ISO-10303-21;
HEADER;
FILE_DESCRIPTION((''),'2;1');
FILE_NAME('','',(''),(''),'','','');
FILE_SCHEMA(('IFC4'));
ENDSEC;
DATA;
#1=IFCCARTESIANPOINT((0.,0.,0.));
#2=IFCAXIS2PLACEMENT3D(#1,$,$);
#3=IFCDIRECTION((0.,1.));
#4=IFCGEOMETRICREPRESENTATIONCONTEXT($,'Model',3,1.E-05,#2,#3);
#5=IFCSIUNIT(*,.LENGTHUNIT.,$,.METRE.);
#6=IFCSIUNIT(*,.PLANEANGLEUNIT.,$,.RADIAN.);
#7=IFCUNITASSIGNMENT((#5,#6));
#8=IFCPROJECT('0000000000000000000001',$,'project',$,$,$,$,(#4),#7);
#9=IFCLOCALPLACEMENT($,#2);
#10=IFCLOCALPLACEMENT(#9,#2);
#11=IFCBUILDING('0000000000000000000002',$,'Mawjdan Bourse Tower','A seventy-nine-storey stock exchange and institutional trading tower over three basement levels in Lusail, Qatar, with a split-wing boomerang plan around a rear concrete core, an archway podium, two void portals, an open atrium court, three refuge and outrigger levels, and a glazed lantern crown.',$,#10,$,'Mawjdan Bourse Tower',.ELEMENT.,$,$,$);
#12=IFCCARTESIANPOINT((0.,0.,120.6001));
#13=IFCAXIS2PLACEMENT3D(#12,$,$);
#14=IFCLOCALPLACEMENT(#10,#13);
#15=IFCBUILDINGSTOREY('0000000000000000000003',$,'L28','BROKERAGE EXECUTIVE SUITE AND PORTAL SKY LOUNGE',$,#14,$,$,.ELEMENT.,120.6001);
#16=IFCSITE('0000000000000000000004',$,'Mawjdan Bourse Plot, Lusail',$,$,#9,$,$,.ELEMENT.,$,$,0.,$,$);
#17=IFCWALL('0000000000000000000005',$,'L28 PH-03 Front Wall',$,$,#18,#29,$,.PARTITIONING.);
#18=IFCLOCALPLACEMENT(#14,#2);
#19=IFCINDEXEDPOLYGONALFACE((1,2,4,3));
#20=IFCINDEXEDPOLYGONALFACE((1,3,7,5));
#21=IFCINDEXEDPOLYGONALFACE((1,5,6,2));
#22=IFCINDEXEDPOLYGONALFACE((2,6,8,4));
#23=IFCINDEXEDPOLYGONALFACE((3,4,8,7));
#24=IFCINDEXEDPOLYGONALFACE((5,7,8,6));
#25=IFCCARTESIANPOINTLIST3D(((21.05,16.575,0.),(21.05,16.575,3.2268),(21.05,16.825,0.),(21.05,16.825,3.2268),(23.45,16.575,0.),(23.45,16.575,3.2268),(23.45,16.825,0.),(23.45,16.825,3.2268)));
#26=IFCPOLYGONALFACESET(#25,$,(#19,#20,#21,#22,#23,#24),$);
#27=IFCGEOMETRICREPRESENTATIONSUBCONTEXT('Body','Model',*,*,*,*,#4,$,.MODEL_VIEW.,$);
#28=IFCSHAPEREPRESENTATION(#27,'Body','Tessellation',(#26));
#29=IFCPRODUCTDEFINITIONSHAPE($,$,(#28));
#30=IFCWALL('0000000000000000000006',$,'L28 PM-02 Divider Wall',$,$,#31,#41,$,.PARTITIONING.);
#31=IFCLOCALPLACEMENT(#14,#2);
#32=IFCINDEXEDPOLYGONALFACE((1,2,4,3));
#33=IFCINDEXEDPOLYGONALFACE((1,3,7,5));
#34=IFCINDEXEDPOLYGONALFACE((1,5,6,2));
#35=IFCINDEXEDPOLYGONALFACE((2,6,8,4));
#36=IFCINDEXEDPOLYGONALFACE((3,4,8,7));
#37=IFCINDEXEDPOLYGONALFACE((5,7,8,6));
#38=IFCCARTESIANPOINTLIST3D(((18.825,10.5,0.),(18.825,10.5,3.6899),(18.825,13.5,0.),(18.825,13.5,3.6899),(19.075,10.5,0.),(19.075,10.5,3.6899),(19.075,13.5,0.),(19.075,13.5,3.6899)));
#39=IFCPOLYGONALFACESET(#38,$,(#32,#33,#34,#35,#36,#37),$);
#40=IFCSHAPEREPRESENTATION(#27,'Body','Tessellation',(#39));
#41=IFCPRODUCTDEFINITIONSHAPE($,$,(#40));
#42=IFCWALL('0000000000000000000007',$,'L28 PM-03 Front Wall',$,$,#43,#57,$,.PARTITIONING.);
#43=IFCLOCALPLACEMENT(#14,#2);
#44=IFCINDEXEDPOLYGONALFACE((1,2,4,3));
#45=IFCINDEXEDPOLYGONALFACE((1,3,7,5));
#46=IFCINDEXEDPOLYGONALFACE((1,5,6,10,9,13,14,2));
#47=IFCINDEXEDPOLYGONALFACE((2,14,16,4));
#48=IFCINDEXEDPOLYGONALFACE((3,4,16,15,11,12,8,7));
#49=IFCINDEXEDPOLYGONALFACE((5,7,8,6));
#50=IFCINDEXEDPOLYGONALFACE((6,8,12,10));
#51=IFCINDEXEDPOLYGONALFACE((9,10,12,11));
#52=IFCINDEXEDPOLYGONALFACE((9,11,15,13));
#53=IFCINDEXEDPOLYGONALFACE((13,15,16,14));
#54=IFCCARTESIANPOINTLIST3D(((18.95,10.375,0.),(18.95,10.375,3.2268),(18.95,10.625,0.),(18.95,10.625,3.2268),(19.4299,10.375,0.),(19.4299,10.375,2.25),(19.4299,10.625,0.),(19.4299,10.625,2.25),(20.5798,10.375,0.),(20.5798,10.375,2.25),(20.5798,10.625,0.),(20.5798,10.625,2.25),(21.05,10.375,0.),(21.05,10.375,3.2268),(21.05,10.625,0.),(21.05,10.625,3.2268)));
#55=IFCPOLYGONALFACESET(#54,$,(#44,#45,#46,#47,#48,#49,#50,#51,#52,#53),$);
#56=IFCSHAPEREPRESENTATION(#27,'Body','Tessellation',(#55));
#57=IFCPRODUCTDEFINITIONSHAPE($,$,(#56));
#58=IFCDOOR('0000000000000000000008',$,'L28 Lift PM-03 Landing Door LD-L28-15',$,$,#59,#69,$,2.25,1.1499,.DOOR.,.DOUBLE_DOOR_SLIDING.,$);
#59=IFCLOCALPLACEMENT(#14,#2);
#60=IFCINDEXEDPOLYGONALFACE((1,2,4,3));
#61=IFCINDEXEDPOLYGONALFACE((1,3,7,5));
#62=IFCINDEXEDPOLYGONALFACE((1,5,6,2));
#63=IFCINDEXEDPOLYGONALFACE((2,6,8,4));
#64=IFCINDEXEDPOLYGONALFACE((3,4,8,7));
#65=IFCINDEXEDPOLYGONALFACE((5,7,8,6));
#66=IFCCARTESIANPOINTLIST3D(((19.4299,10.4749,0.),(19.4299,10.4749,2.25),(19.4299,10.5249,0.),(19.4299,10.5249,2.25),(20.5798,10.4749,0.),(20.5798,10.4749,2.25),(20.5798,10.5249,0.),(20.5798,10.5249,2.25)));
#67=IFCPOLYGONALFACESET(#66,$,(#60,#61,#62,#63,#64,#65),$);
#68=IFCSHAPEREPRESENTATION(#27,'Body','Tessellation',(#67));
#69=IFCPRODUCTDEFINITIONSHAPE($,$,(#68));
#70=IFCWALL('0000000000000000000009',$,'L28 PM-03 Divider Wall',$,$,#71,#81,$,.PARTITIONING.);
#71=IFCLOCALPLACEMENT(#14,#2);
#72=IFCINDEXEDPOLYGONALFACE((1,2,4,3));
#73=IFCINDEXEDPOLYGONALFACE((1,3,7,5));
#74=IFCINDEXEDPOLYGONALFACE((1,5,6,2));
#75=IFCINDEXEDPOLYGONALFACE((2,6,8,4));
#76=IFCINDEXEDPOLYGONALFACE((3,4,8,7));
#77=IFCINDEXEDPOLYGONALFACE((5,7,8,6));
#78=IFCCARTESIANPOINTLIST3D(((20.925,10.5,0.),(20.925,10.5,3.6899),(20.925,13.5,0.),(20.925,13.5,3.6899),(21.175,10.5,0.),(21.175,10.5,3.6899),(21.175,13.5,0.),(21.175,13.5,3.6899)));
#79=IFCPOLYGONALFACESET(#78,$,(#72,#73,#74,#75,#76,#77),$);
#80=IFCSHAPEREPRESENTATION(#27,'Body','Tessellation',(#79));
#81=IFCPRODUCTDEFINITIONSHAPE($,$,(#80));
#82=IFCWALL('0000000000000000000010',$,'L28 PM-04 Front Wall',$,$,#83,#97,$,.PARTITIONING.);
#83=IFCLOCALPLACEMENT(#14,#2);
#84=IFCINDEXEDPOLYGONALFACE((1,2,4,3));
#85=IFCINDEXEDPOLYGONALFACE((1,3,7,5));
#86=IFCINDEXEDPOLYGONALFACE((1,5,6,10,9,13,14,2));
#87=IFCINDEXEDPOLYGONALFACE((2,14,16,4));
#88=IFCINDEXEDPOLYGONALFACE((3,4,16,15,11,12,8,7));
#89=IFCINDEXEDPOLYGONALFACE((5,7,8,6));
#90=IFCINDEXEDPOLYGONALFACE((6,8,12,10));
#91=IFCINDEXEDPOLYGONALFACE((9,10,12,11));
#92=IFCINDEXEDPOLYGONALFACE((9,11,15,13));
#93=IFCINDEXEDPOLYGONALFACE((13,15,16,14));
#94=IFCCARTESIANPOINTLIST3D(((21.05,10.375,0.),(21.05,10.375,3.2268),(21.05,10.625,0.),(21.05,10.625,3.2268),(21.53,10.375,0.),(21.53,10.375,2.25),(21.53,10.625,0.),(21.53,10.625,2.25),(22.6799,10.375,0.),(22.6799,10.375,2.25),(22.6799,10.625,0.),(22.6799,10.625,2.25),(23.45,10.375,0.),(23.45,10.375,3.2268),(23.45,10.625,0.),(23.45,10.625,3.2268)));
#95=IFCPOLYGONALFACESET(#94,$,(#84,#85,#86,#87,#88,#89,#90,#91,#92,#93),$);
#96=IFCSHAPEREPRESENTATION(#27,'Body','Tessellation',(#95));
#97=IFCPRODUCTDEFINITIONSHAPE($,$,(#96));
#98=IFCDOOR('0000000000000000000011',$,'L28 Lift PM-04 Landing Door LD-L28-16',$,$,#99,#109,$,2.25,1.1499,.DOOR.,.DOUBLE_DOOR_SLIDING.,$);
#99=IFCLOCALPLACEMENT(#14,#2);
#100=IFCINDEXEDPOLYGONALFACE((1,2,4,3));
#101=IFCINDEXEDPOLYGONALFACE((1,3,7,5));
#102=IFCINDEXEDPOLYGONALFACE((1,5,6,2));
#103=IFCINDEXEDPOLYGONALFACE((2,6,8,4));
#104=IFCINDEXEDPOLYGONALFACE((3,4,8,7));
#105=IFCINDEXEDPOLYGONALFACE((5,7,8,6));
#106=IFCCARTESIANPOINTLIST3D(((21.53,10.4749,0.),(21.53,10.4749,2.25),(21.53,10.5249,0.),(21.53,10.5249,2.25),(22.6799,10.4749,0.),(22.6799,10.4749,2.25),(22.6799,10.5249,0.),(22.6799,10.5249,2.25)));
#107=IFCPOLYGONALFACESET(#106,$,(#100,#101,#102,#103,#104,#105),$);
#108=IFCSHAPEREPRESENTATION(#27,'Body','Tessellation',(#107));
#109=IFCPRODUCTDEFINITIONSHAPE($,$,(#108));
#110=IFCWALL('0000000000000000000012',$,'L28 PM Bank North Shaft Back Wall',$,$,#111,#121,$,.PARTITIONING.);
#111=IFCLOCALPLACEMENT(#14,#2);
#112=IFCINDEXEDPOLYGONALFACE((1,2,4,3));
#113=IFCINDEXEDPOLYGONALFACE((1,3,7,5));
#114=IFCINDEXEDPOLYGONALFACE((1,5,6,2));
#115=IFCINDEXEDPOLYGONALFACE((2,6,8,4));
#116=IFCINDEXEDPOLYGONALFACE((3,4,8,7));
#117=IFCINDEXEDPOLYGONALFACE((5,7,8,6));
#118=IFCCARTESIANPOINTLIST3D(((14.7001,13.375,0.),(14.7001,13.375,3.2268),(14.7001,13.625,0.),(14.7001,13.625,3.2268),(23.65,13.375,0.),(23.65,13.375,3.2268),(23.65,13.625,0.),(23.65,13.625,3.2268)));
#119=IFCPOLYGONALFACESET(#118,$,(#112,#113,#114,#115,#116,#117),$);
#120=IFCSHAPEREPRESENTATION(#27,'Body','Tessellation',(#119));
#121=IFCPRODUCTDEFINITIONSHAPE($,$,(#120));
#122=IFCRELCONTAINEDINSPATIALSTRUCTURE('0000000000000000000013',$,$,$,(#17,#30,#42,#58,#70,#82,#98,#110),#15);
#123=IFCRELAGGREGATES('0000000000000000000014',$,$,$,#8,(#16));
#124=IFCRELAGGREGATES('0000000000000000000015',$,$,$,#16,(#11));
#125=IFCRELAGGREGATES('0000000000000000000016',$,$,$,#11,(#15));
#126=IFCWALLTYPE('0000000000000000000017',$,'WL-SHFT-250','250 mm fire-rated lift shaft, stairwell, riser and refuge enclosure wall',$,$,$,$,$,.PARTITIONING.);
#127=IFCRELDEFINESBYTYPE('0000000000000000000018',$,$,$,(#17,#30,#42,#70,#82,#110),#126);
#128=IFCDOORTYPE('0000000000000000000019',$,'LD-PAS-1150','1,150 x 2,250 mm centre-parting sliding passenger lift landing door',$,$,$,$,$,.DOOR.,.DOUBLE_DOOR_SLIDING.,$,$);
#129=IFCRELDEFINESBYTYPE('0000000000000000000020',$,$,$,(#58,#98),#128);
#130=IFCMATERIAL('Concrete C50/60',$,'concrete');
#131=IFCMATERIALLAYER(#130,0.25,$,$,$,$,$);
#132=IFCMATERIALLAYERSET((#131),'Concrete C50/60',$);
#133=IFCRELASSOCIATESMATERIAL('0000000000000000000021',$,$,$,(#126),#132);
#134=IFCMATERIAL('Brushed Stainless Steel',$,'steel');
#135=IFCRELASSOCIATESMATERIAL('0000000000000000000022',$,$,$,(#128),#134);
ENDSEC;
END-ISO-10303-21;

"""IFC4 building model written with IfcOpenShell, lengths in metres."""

from ifc_helpers import new_model, si_unit, direction, frame, frame_2d, origin, place, context, subcontext, project, spatial, rectangle, extrude, material, layer, layer_set, type_object, element, fill, save


model = new_model("IFC4")

# Units and contexts
model_context = context("Model", 3, precision=1e-05, world=origin(), true_north=direction((0.0, 1.0)))
body_context = subcontext(model_context, "Body", "Model", "MODEL_VIEW")
ifc_project = project(units=[si_unit("LENGTHUNIT", "METRE"), si_unit("PLANEANGLEUNIT", "RADIAN")], contexts=[model_context])

# Site, building, storey
site_placement = place(None, origin())
site = spatial("IfcSite", under=ifc_project, at=site_placement, Name="Mawjdan Bourse Plot, Lusail", CompositionType="ELEMENT", RefElevation=0.0)
building_placement = place(site_placement, origin())
building = spatial("IfcBuilding", under=site, at=building_placement, Name="Mawjdan Bourse Tower", Description="A seventy-nine-storey stock exchange and institutional trading tower over three basement levels in Lusail, Qatar, with a split-wing boomerang plan around a rear concrete core, an archway podium, two void portals, an open atrium court, three refuge and outrigger levels, and a glazed lantern crown.", LongName="Mawjdan Bourse Tower", CompositionType="ELEMENT")
storey_placement = place(building_placement, frame((0.0, 0.0, 120.6001)))
storey = spatial("IfcBuildingStorey", under=building, at=storey_placement, Name="L28", Description="BROKERAGE EXECUTIVE SUITE AND PORTAL SKY LOUNGE", CompositionType="ELEMENT", Elevation=120.6001)

# Shared definitions
ifc_material_1 = material(Name="Concrete C50/60", Category="concrete")
ifc_layer_1 = layer(ifc_material_1, 0.25)
ifc_layer_set_1 = layer_set([ifc_layer_1], Name="Concrete C50/60")
wall_type_1 = type_object("IfcWallType", Name="WL-SHFT-250", Description="250 mm fire-rated lift shaft, stairwell, riser and refuge enclosure wall", PredefinedType="PARTITIONING", material=ifc_layer_set_1)

# Walls
wall_1_placement = place(storey_placement, frame((21.05, 16.7, 0.0), z_axis=(0.0, 0.0, 1.0), x_axis=(1.0, 0.0, 0.0)))
element("IfcWall", 1, at=wall_1_placement, inside=storey, type_object=wall_type_1, Name="L28 PH-03 Front Wall", PredefinedType="PARTITIONING", context=body_context, shape_type="SweptSolid", body=[
    extrude(rectangle(XDim=2.3999, YDim=0.25, at=frame_2d((1.2, 0.0))), origin(), (0.0, 0.0, 1.0), 3.2268),
])
wall_2_placement = place(storey_placement, frame((18.95, 10.5, 0.0), z_axis=(0.0, 0.0, 1.0), x_axis=(0.0, 1.0, 0.0)))
element("IfcWall", 2, at=wall_2_placement, inside=storey, type_object=wall_type_1, Name="L28 PM-02 Divider Wall", PredefinedType="PARTITIONING", context=body_context, shape_type="SweptSolid", body=[
    extrude(rectangle(XDim=3.0, YDim=0.25, at=frame_2d((1.5, 0.0))), origin(), (0.0, 0.0, 1.0), 3.6899),
])

# Wall, opening, door
wall_3_placement = place(storey_placement, frame((18.95, 10.5, 0.0), z_axis=(0.0, 0.0, 1.0), x_axis=(1.0, 0.0, 0.0)))
wall_3 = element("IfcWall", 3, at=wall_3_placement, inside=storey, type_object=wall_type_1, Name="L28 PM-03 Front Wall", PredefinedType="PARTITIONING", context=body_context, shape_type="SweptSolid", body=[
    extrude(rectangle(XDim=2.1001, YDim=0.25, at=frame_2d((1.05, 0.0))), origin(), (0.0, 0.0, 1.0), 3.2268),
])
opening_1_placement = place(wall_3_placement, frame((0.48, 0.0, 0.0)))
opening_1 = element("IfcOpeningElement", 4, at=opening_1_placement, cuts=wall_3, PredefinedType="OPENING", context=body_context, shape_type="SweptSolid", body=[
    extrude(rectangle(XDim=1.1499, YDim=2.25, at=frame_2d((0.575, 1.125))), frame((0.0, 0.135, 0.0), z_axis=(0.0, -1.0, 0.0), x_axis=(1.0, 0.0, 0.0)), (0.0, 0.0, 1.0), 0.27),
])
ifc_material_2 = material(Name="Brushed Stainless Steel", Category="steel")
door_type_1 = type_object("IfcDoorType", Name="LD-PAS-1150", Description="1,150 x 2,250 mm centre-parting sliding passenger lift landing door", OperationType="DOUBLE_DOOR_SLIDING", PredefinedType="DOOR", material=ifc_material_2)
door_1_placement = place(opening_1_placement, origin())
door_1 = element("IfcDoor", 5, at=door_1_placement, inside=storey, type_object=door_type_1, Name="L28 Lift PM-03 Landing Door LD-L28-15", OperationType="DOUBLE_DOOR_SLIDING", OverallHeight=2.25, OverallWidth=1.1499, PredefinedType="DOOR", context=body_context, shape_type="SweptSolid", body=[
    extrude(rectangle(XDim=1.1499, YDim=2.25, at=frame_2d((0.575, 1.125))), frame((0.0, 0.0249, 0.0), z_axis=(0.0, -1.0, 0.0), x_axis=(1.0, 0.0, 0.0)), (0.0, 0.0, 1.0), 0.05),
])
fill(opening_1, door_1)

# Wall
wall_4_placement = place(storey_placement, frame((21.05, 10.5, 0.0), z_axis=(0.0, 0.0, 1.0), x_axis=(0.0, 1.0, 0.0)))
element("IfcWall", 6, at=wall_4_placement, inside=storey, type_object=wall_type_1, Name="L28 PM-03 Divider Wall", PredefinedType="PARTITIONING", context=body_context, shape_type="SweptSolid", body=[
    extrude(rectangle(XDim=3.0, YDim=0.25, at=frame_2d((1.5, 0.0))), origin(), (0.0, 0.0, 1.0), 3.6899),
])

# Wall, opening, door
wall_5_placement = place(storey_placement, frame((21.05, 10.5, 0.0), z_axis=(0.0, 0.0, 1.0), x_axis=(1.0, 0.0, 0.0)))
wall_5 = element("IfcWall", 7, at=wall_5_placement, inside=storey, type_object=wall_type_1, Name="L28 PM-04 Front Wall", PredefinedType="PARTITIONING", context=body_context, shape_type="SweptSolid", body=[
    extrude(rectangle(XDim=2.3999, YDim=0.25, at=frame_2d((1.2, 0.0))), origin(), (0.0, 0.0, 1.0), 3.2268),
])
opening_2_placement = place(wall_5_placement, frame((0.48, 0.0, 0.0)))
opening_2 = element("IfcOpeningElement", 8, at=opening_2_placement, cuts=wall_5, PredefinedType="OPENING", context=body_context, shape_type="SweptSolid", body=[
    extrude(rectangle(XDim=1.1499, YDim=2.25, at=frame_2d((0.575, 1.125))), frame((0.0, 0.135, 0.0), z_axis=(0.0, -1.0, 0.0), x_axis=(1.0, 0.0, 0.0)), (0.0, 0.0, 1.0), 0.27),
])
door_2_placement = place(opening_2_placement, origin())
door_2 = element("IfcDoor", 9, at=door_2_placement, inside=storey, type_object=door_type_1, Name="L28 Lift PM-04 Landing Door LD-L28-16", OperationType="DOUBLE_DOOR_SLIDING", OverallHeight=2.25, OverallWidth=1.1499, PredefinedType="DOOR", context=body_context, shape_type="SweptSolid", body=[
    extrude(rectangle(XDim=1.1499, YDim=2.25, at=frame_2d((0.575, 1.125))), frame((0.0, 0.0249, 0.0), z_axis=(0.0, -1.0, 0.0), x_axis=(1.0, 0.0, 0.0)), (0.0, 0.0, 1.0), 0.05),
])
fill(opening_2, door_2)

# Wall
wall_6_placement = place(storey_placement, frame((14.7, 13.5, 0.0), z_axis=(0.0, 0.0, 1.0), x_axis=(1.0, 0.0, 0.0)))
element("IfcWall", 10, at=wall_6_placement, inside=storey, type_object=wall_type_1, Name="L28 PM Bank North Shaft Back Wall", PredefinedType="PARTITIONING", context=body_context, shape_type="SweptSolid", body=[
    extrude(rectangle(XDim=8.95, YDim=0.25, at=frame_2d((4.4751, 0.0))), origin(), (0.0, 0.0, 1.0), 3.2268),
])

save(model, "model.ifc")
